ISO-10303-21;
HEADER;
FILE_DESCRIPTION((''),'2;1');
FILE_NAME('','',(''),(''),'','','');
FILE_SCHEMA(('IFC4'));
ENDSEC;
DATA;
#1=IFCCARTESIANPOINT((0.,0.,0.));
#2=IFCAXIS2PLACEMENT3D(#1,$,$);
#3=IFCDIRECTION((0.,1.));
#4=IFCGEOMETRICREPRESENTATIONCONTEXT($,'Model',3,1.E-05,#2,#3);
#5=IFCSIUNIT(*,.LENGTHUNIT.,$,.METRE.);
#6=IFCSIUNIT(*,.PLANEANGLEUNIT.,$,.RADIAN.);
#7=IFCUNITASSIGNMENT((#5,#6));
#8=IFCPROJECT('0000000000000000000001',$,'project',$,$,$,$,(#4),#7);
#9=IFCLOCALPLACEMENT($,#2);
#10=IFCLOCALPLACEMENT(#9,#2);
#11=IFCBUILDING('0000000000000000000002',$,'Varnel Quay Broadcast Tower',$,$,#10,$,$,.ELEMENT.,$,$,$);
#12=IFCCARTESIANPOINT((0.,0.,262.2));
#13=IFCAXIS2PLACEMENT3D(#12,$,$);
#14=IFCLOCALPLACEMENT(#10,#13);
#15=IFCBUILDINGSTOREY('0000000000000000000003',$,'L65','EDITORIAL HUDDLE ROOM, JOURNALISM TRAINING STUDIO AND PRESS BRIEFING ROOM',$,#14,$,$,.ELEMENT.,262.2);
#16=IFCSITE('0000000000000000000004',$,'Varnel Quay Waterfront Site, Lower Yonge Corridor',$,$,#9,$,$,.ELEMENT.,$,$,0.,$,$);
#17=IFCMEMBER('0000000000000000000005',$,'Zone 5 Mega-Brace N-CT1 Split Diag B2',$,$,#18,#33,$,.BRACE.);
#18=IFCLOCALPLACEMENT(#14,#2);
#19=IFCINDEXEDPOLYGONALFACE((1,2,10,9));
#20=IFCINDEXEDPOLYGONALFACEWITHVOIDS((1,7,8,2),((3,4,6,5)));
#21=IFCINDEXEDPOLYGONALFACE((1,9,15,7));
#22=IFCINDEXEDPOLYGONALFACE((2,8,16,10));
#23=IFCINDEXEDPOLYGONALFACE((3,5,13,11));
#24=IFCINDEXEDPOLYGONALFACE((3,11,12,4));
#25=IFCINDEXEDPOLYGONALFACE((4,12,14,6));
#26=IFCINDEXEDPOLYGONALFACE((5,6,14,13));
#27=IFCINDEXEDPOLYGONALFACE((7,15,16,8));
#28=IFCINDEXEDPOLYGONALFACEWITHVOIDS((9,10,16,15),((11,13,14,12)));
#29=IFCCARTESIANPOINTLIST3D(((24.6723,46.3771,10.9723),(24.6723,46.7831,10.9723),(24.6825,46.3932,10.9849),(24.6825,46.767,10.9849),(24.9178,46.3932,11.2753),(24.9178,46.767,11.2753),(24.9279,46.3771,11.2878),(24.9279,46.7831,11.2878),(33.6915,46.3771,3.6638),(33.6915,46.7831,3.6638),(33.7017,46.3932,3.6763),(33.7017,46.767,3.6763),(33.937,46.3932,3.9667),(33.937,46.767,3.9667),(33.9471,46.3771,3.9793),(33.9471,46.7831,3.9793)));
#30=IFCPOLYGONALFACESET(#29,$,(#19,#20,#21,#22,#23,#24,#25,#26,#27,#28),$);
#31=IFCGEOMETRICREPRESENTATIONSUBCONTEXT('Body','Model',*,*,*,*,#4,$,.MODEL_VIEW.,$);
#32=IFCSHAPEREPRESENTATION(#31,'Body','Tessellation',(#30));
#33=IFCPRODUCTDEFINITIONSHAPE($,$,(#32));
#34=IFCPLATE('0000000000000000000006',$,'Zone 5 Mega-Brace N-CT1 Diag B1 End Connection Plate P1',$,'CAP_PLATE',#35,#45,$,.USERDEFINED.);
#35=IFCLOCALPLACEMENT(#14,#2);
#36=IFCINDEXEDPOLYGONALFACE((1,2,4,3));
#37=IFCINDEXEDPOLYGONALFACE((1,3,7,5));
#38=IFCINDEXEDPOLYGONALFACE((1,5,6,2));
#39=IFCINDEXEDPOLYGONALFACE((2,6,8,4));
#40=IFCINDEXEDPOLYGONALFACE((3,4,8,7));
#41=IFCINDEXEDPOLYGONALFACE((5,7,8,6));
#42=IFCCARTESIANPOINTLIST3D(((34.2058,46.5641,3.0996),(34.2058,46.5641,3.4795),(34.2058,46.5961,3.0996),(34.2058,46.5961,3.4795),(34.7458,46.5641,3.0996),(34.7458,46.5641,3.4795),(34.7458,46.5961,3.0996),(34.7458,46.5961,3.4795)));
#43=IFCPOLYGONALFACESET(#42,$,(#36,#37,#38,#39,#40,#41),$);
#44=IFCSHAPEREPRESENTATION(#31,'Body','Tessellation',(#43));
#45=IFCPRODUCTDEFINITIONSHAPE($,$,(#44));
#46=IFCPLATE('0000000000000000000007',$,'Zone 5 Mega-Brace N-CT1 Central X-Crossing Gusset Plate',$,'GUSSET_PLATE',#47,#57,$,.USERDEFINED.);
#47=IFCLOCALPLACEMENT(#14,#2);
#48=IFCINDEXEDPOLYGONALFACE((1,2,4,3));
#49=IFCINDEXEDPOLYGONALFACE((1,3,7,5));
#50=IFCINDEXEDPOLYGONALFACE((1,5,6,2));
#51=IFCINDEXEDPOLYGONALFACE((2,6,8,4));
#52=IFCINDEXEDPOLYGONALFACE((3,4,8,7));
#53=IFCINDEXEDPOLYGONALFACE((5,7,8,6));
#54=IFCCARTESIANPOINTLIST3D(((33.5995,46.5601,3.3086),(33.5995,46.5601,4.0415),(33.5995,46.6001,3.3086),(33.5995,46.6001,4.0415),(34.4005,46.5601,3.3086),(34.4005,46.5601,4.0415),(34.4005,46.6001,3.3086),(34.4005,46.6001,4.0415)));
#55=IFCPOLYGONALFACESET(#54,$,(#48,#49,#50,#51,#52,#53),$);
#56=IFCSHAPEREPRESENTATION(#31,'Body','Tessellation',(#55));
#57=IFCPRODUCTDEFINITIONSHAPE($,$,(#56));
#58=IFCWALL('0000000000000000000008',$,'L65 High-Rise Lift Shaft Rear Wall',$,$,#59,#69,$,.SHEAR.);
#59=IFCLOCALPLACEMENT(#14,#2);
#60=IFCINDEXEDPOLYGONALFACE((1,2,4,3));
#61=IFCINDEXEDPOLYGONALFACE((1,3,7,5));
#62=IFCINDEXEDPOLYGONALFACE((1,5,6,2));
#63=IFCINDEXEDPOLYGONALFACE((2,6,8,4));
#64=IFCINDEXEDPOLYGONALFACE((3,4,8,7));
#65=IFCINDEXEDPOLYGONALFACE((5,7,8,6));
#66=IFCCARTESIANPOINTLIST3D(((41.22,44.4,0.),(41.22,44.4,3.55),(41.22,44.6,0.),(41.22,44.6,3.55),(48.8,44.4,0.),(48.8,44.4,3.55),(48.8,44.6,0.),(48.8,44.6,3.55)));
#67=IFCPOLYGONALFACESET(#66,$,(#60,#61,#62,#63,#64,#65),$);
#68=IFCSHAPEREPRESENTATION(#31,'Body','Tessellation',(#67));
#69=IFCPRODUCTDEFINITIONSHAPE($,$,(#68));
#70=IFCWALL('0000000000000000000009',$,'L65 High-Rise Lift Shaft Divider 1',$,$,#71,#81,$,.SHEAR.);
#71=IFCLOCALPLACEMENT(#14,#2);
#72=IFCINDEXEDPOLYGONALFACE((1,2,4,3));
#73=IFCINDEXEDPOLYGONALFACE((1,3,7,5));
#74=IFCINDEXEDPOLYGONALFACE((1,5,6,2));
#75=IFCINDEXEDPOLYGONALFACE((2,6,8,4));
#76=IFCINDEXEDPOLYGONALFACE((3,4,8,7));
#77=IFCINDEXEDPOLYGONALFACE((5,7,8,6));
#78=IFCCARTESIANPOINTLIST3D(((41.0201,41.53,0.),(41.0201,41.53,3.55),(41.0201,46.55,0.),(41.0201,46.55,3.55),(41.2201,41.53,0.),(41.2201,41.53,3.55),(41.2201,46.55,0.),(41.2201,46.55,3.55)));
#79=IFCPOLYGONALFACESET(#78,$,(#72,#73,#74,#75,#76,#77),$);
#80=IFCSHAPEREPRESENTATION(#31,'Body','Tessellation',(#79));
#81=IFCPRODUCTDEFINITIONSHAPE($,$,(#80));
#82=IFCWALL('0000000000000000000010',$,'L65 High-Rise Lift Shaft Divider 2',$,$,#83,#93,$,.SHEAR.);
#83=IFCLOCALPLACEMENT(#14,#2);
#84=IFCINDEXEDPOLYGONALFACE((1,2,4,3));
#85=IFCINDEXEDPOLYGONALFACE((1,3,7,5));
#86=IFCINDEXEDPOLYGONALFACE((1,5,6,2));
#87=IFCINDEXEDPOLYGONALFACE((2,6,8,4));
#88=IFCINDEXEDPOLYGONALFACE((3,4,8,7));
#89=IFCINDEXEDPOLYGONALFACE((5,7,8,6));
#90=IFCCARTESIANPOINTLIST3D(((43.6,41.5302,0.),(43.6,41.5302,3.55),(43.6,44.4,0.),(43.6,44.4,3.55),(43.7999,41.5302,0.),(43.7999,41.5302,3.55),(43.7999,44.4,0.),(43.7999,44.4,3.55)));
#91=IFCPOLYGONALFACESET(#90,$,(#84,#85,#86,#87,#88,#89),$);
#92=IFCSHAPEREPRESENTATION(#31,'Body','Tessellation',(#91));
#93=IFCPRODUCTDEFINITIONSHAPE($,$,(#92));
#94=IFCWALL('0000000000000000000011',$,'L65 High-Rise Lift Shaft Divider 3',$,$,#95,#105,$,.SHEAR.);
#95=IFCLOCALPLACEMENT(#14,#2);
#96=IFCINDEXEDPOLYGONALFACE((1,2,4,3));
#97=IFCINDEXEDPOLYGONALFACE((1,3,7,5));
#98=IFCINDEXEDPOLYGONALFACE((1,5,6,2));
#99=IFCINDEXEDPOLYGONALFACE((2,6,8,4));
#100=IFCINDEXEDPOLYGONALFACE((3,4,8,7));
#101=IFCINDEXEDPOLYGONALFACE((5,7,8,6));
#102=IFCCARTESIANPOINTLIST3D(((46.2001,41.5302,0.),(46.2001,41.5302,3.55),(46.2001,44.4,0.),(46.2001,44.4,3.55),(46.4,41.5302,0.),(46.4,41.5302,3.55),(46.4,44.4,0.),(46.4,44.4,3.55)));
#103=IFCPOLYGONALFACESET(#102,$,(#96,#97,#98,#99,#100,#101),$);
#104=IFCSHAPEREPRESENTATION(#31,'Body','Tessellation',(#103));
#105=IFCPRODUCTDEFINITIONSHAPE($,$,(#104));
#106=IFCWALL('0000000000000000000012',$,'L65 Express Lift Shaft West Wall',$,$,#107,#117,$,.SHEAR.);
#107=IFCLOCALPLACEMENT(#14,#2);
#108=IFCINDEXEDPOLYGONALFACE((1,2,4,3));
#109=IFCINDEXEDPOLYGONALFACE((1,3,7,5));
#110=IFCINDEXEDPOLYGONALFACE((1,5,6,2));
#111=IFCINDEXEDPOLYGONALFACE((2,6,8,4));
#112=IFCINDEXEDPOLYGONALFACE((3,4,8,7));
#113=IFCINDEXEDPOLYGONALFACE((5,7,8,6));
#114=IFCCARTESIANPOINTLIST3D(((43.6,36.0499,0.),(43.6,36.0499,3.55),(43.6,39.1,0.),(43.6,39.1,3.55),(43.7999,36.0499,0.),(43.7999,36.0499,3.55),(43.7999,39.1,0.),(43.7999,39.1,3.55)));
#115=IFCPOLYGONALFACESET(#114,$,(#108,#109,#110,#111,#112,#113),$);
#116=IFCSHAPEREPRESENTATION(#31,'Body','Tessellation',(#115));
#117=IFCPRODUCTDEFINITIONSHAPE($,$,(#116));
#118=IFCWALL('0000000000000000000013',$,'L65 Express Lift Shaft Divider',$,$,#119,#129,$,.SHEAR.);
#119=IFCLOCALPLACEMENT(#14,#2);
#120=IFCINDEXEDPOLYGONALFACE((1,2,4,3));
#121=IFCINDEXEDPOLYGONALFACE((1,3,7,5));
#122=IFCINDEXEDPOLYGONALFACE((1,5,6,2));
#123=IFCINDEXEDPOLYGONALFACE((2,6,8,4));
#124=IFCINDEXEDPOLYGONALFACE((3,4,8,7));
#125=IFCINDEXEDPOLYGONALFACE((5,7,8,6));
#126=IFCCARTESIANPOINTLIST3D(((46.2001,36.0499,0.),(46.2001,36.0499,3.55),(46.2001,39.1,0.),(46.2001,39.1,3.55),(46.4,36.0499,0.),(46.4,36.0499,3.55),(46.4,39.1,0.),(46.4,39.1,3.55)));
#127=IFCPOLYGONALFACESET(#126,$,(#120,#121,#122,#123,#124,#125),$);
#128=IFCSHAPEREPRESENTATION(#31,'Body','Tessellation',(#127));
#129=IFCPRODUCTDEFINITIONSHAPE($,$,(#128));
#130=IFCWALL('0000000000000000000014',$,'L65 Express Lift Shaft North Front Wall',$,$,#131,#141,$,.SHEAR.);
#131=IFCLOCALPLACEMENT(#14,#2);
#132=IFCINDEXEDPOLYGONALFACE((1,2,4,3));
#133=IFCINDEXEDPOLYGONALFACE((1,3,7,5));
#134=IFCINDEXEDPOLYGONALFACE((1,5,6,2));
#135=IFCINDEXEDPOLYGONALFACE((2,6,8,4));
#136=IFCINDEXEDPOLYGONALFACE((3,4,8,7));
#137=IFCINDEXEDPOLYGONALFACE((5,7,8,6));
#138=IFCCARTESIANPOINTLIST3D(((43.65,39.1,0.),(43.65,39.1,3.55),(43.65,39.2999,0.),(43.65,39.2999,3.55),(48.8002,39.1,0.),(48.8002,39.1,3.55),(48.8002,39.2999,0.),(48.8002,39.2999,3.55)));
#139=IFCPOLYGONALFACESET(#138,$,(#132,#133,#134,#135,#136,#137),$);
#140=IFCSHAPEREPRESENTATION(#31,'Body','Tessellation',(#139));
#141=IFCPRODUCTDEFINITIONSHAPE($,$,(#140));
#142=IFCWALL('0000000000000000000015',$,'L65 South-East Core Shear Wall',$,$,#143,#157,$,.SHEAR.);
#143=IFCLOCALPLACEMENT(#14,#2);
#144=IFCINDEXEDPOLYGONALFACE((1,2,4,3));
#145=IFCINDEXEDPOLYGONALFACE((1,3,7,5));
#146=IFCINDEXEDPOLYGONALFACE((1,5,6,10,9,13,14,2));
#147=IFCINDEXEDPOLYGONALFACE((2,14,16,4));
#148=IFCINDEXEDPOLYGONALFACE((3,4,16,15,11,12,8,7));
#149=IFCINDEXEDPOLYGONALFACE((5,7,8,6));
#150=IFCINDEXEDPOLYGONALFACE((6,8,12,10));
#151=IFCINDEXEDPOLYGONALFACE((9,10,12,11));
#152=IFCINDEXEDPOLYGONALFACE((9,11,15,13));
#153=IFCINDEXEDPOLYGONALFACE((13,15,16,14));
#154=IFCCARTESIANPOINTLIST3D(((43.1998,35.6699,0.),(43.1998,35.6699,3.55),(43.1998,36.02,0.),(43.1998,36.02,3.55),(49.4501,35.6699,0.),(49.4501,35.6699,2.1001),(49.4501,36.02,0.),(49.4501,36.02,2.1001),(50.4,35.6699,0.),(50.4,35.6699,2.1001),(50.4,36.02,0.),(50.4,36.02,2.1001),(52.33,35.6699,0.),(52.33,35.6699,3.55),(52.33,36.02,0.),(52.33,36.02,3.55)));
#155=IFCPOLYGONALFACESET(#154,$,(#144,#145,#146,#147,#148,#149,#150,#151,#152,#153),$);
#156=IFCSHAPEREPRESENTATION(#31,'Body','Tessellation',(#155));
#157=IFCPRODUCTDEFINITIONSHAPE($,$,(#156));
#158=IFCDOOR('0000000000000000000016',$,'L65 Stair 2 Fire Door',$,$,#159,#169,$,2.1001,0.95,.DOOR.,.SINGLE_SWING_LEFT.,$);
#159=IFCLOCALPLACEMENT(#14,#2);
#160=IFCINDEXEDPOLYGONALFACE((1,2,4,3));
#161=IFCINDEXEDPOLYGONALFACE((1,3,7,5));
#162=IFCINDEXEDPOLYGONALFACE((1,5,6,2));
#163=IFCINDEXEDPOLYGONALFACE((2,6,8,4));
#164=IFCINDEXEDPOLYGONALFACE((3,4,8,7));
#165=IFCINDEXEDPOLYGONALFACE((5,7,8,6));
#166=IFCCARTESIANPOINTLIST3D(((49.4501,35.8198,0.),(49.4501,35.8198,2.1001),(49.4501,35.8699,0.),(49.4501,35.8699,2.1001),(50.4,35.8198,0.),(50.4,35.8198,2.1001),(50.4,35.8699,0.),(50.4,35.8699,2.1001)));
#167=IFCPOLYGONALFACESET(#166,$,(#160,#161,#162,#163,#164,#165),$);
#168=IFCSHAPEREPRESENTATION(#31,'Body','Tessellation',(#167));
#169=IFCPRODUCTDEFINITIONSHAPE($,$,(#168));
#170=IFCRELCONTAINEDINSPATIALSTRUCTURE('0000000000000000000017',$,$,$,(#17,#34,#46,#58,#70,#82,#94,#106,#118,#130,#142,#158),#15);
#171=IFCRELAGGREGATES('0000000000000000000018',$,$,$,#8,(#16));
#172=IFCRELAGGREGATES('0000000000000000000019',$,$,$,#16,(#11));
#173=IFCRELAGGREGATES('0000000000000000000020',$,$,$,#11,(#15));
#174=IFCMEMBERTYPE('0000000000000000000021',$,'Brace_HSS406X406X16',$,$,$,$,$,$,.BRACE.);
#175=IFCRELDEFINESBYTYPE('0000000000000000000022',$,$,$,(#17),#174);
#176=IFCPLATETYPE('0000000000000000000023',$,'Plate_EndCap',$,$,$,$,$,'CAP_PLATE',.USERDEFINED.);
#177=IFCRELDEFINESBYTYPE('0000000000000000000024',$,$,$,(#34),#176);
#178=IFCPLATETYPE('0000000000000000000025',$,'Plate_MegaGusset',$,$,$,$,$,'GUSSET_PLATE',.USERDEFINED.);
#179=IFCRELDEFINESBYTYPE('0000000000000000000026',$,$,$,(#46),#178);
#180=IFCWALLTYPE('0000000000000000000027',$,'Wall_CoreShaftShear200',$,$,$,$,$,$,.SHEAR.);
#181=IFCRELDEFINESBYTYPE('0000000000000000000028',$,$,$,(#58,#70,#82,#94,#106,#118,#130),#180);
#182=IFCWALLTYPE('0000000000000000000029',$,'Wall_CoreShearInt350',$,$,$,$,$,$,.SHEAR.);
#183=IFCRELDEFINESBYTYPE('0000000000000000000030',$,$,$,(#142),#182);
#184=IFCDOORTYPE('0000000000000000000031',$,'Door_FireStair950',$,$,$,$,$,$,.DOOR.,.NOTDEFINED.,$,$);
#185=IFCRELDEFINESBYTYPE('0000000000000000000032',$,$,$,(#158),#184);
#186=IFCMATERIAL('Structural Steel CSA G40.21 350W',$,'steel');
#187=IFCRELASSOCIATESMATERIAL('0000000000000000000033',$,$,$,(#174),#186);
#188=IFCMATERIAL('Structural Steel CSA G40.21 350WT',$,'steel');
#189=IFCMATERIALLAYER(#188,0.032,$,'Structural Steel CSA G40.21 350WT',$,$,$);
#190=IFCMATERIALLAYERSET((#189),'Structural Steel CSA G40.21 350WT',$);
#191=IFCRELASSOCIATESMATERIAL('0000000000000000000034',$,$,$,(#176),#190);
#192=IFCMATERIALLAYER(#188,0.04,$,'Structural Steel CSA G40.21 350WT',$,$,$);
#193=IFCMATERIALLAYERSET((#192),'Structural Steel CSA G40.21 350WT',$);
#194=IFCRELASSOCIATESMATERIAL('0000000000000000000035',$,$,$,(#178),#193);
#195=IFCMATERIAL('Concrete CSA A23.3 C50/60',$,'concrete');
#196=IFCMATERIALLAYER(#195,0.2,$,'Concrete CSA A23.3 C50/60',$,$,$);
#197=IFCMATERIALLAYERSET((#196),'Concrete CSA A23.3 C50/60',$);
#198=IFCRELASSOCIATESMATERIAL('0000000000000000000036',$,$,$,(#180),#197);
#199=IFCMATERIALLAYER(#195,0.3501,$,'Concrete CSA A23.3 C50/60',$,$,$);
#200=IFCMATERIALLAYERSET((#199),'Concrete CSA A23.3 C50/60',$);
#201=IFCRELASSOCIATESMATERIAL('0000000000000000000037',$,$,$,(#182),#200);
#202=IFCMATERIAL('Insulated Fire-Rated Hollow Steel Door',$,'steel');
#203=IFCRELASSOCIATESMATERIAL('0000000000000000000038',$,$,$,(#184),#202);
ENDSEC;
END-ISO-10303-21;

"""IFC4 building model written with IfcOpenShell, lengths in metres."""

from ifc_helpers import new_model, si_unit, direction, frame, frame_2d, origin, origin_2d, place, context, subcontext, project, spatial, rectangle, hollow_rectangle, extrude, source, transform, mapped, material, layer, layer_set, material_profile, profile_set, type_object, type_shapes, element, fill, save


model = new_model("IFC4")

# Units and contexts
model_context = context("Model", 3, precision=1e-05, world=origin(), true_north=direction((0.0, 1.0)))
body_context = subcontext(model_context, "Body", "Model", "MODEL_VIEW")
ifc_project = project(units=[si_unit("LENGTHUNIT", "METRE"), si_unit("PLANEANGLEUNIT", "RADIAN")], contexts=[model_context])

# Site, building, storey
site_placement = place(None, origin())
site = spatial("IfcSite", under=ifc_project, at=site_placement, Name="Varnel Quay Waterfront Site, Lower Yonge Corridor", CompositionType="ELEMENT", RefElevation=0.0)
building_placement = place(site_placement, origin())
building = spatial("IfcBuilding", under=site, at=building_placement, Name="Varnel Quay Broadcast Tower", CompositionType="ELEMENT")
storey_placement = place(building_placement, frame((0.0, 0.0, 262.2)))
storey = spatial("IfcBuildingStorey", under=building, at=storey_placement, Name="L65", Description="EDITORIAL HUDDLE ROOM, JOURNALISM TRAINING STUDIO AND PRESS BRIEFING ROOM", CompositionType="ELEMENT", Elevation=262.2)

# Shared definitions
ifc_material_1 = material(Name="Structural Steel CSA G40.21 350WT", Category="steel")

# Shared definitions
ifc_material_2 = material(Name="Concrete CSA A23.3 C50/60", Category="concrete")

# Member
ifc_material_3 = material(Name="Structural Steel CSA G40.21 350W", Category="steel")
ifc_material_profile_1 = material_profile(ifc_material_3, hollow_rectangle(XDim=0.406, YDim=0.406, WallThickness=0.0161, at=origin_2d()), Name="HSS406X406X16")
ifc_profile_set_1 = profile_set([ifc_material_profile_1], Name="Structural Steel CSA G40.21 350W")
member_type = type_object("IfcMemberType", Name="Brace_HSS406X406X16", PredefinedType="BRACE", material=ifc_profile_set_1)
shared_shape_1 = source(origin(), body_context, "Body", "SweptSolid", [
    extrude(hollow_rectangle(XDim=0.406, YDim=0.406, WallThickness=0.0161, at=origin_2d()), origin(), (0.0, 0.0, 1.0), 11.6086),
])
type_shapes(member_type, [shared_shape_1])
member_placement = place(storey_placement, frame((33.8193, 46.5801, 3.8215), z_axis=(-0.776939, 0.0, 0.629576), x_axis=(0.0, -1.0, 0.0)))
element("IfcMember", 1, at=member_placement, inside=storey, type_object=member_type, Name="Zone 5 Mega-Brace N-CT1 Split Diag B2", PredefinedType="BRACE", context=body_context, shape_type="MappedRepresentation", body=[
    mapped(shared_shape_1, transform((0.0, 0.0, 0.0), x_axis=(1.0, 0.0, 0.0), y_axis=(0.0, 1.0, 0.0), z_axis=(0.0, 0.0, 1.0), scale=1.0)),
])

# Plates
ifc_layer_1 = layer(ifc_material_1, 0.032, Name="Structural Steel CSA G40.21 350WT")
ifc_layer_set_1 = layer_set([ifc_layer_1], Name="Structural Steel CSA G40.21 350WT")
plate_type_1 = type_object("IfcPlateType", Name="Plate_EndCap", ElementType="CAP_PLATE", PredefinedType="USERDEFINED", material=ifc_layer_set_1)
shared_shape_2 = source(origin(), body_context, "Body", "SweptSolid", [
    extrude(rectangle(XDim=0.54, YDim=0.032, at=origin_2d()), origin(), (0.0, 0.0, 1.0), 0.3799),
])
type_shapes(plate_type_1, [shared_shape_2])
plate_1_placement = place(storey_placement, frame((34.4758, 46.5801, 3.0996), z_axis=(0.0, 0.0, 1.0), x_axis=(1.0, 0.0, 0.0)))
element("IfcPlate", 2, at=plate_1_placement, inside=storey, type_object=plate_type_1, Name="Zone 5 Mega-Brace N-CT1 Diag B1 End Connection Plate P1", ObjectType="CAP_PLATE", PredefinedType="USERDEFINED", context=body_context, shape_type="MappedRepresentation", body=[
    mapped(shared_shape_2, transform((0.0, 0.0, 0.0), x_axis=(1.0, 0.0, 0.0), y_axis=(0.0, 1.0, 0.0), z_axis=(0.0, 0.0, 1.0), scale=1.0)),
])
ifc_layer_2 = layer(ifc_material_1, 0.04, Name="Structural Steel CSA G40.21 350WT")
ifc_layer_set_2 = layer_set([ifc_layer_2], Name="Structural Steel CSA G40.21 350WT")
plate_type_2 = type_object("IfcPlateType", Name="Plate_MegaGusset", ElementType="GUSSET_PLATE", PredefinedType="USERDEFINED", material=ifc_layer_set_2)
shared_shape_3 = source(origin(), body_context, "Body", "SweptSolid", [
    extrude(rectangle(XDim=0.801, YDim=0.04, at=origin_2d()), origin(), (0.0, 0.0, 1.0), 0.7329),
])
type_shapes(plate_type_2, [shared_shape_3])
plate_2_placement = place(storey_placement, frame((34.0, 46.5801, 3.3086), z_axis=(0.0, 0.0, 1.0), x_axis=(1.0, 0.0, 0.0)))
element("IfcPlate", 3, at=plate_2_placement, inside=storey, type_object=plate_type_2, Name="Zone 5 Mega-Brace N-CT1 Central X-Crossing Gusset Plate", ObjectType="GUSSET_PLATE", PredefinedType="USERDEFINED", context=body_context, shape_type="MappedRepresentation", body=[
    mapped(shared_shape_3, transform((0.0, 0.0, 0.0), x_axis=(1.0, 0.0, 0.0), y_axis=(0.0, 1.0, 0.0), z_axis=(0.0, 0.0, 1.0), scale=1.0)),
])

# Walls
ifc_layer_3 = layer(ifc_material_2, 0.2, Name="Concrete CSA A23.3 C50/60")
ifc_layer_set_3 = layer_set([ifc_layer_3], Name="Concrete CSA A23.3 C50/60")
wall_type_1 = type_object("IfcWallType", Name="Wall_CoreShaftShear200", PredefinedType="SHEAR", material=ifc_layer_set_3)
wall_1_placement = place(storey_placement, frame((41.22, 44.5, 0.0), z_axis=(0.0, 0.0, 1.0), x_axis=(1.0, 0.0, 0.0)))
element("IfcWall", 4, at=wall_1_placement, inside=storey, type_object=wall_type_1, Name="L65 High-Rise Lift Shaft Rear Wall", PredefinedType="SHEAR", context=body_context, shape_type="SweptSolid", body=[
    extrude(rectangle(XDim=7.5801, YDim=0.2, at=frame_2d((3.79, 0.0))), origin(), (0.0, 0.0, 1.0), 3.55),
])
wall_2_placement = place(storey_placement, frame((41.1201, 41.53, 0.0), z_axis=(0.0, 0.0, 1.0), x_axis=(0.0, 1.0, 0.0)))
element("IfcWall", 5, at=wall_2_placement, inside=storey, type_object=wall_type_1, Name="L65 High-Rise Lift Shaft Divider 1", PredefinedType="SHEAR", context=body_context, shape_type="SweptSolid", body=[
    extrude(rectangle(XDim=5.02, YDim=0.2, at=frame_2d((2.51, 0.0))), origin(), (0.0, 0.0, 1.0), 3.55),
])
for number, where, z_axis, x_axis, name in (
    (6, (43.7, 41.53, 0.0), (0.0, 0.0, 1.0), (0.0, 1.0, 0.0), "L65 High-Rise Lift Shaft Divider 2"),
    (7, (46.3, 41.53, 0.0), (0.0, 0.0, 1.0), (0.0, 1.0, 0.0), "L65 High-Rise Lift Shaft Divider 3"),
):
    element("IfcWall", number, at=place(storey_placement, frame(where, z_axis=z_axis, x_axis=x_axis)), inside=storey, type_object=wall_type_1, Name=name, PredefinedType="SHEAR", context=body_context, shape_type="SweptSolid", body=[
        extrude(rectangle(XDim=2.8699, YDim=0.2, at=frame_2d((1.4351, 0.0))), origin(), (0.0, 0.0, 1.0), 3.55),
    ])
for number, where, z_axis, x_axis, name in (
    (8, (43.7, 36.05, 0.0), (0.0, 0.0, 1.0), (0.0, 1.0, 0.0), "L65 Express Lift Shaft West Wall"),
    (9, (46.3, 36.05, 0.0), (0.0, 0.0, 1.0), (0.0, 1.0, 0.0), "L65 Express Lift Shaft Divider"),
):
    element("IfcWall", number, at=place(storey_placement, frame(where, z_axis=z_axis, x_axis=x_axis)), inside=storey, type_object=wall_type_1, Name=name, PredefinedType="SHEAR", context=body_context, shape_type="SweptSolid", body=[
        extrude(rectangle(XDim=3.05, YDim=0.2, at=frame_2d((1.5249, 0.0))), origin(), (0.0, 0.0, 1.0), 3.55),
    ])
wall_3_placement = place(storey_placement, frame((43.6499, 39.2, 0.0), z_axis=(0.0, 0.0, 1.0), x_axis=(1.0, 0.0, 0.0)))
element("IfcWall", 10, at=wall_3_placement, inside=storey, type_object=wall_type_1, Name="L65 Express Lift Shaft North Front Wall", PredefinedType="SHEAR", context=body_context, shape_type="SweptSolid", body=[
    extrude(rectangle(XDim=5.1501, YDim=0.2, at=frame_2d((2.5752, 0.0))), origin(), (0.0, 0.0, 1.0), 3.55),
])

# Wall, opening, door
ifc_layer_4 = layer(ifc_material_2, 0.3501, Name="Concrete CSA A23.3 C50/60")
ifc_layer_set_4 = layer_set([ifc_layer_4], Name="Concrete CSA A23.3 C50/60")
wall_type_2 = type_object("IfcWallType", Name="Wall_CoreShearInt350", PredefinedType="SHEAR", material=ifc_layer_set_4)
wall_4_placement = place(storey_placement, frame((43.2, 35.845, 0.0), z_axis=(0.0, 0.0, 1.0), x_axis=(1.0, 0.0, 0.0)))
wall_4 = element("IfcWall", 11, at=wall_4_placement, inside=storey, type_object=wall_type_2, Name="L65 South-East Core Shear Wall", PredefinedType="SHEAR", context=body_context, shape_type="SweptSolid", body=[
    extrude(rectangle(XDim=9.1301, YDim=0.3501, at=frame_2d((4.5649, 0.0))), origin(), (0.0, 0.0, 1.0), 3.55),
])
opening_1_placement = place(wall_4_placement, frame((6.25, 0.0, 0.0)))
opening_1 = element("IfcOpeningElement", 12, at=opening_1_placement, cuts=wall_4, PredefinedType="OPENING", context=body_context, shape_type="SweptSolid", body=[
    extrude(rectangle(XDim=0.95, YDim=2.1001, at=frame_2d((0.4751, 1.05))), frame((0.0, 0.1851, 0.0), z_axis=(0.0, -1.0, 0.0), x_axis=(1.0, 0.0, 0.0)), (0.0, 0.0, 1.0), 0.3701),
])
ifc_material_4 = material(Name="Insulated Fire-Rated Hollow Steel Door", Category="steel")
door_type_1 = type_object("IfcDoorType", Name="Door_FireStair950", OperationType="NOTDEFINED", PredefinedType="DOOR", material=ifc_material_4)
shared_shape_4 = source(origin(), body_context, "Body", "SweptSolid", [
    extrude(rectangle(XDim=0.95, YDim=2.1001, at=frame_2d((0.4751, 1.05))), frame((0.0, 0.0249, 0.0), z_axis=(0.0, -1.0, 0.0), x_axis=(1.0, 0.0, 0.0)), (0.0, 0.0, 1.0), 0.05),
])
type_shapes(door_type_1, [shared_shape_4])
door_1_placement = place(opening_1_placement, origin())
door_1 = element("IfcDoor", 13, at=door_1_placement, inside=storey, type_object=door_type_1, Name="L65 Stair 2 Fire Door", OperationType="SINGLE_SWING_LEFT", OverallHeight=2.1001, OverallWidth=0.95, PredefinedType="DOOR", context=body_context, shape_type="MappedRepresentation", body=[
    mapped(shared_shape_4, transform((0.0, 0.0, 0.0), x_axis=(1.0, 0.0, 0.0), y_axis=(0.0, 1.0, 0.0), z_axis=(0.0, 0.0, 1.0), scale=1.0)),
])
fill(opening_1, door_1)

save(model, "model.ifc")
